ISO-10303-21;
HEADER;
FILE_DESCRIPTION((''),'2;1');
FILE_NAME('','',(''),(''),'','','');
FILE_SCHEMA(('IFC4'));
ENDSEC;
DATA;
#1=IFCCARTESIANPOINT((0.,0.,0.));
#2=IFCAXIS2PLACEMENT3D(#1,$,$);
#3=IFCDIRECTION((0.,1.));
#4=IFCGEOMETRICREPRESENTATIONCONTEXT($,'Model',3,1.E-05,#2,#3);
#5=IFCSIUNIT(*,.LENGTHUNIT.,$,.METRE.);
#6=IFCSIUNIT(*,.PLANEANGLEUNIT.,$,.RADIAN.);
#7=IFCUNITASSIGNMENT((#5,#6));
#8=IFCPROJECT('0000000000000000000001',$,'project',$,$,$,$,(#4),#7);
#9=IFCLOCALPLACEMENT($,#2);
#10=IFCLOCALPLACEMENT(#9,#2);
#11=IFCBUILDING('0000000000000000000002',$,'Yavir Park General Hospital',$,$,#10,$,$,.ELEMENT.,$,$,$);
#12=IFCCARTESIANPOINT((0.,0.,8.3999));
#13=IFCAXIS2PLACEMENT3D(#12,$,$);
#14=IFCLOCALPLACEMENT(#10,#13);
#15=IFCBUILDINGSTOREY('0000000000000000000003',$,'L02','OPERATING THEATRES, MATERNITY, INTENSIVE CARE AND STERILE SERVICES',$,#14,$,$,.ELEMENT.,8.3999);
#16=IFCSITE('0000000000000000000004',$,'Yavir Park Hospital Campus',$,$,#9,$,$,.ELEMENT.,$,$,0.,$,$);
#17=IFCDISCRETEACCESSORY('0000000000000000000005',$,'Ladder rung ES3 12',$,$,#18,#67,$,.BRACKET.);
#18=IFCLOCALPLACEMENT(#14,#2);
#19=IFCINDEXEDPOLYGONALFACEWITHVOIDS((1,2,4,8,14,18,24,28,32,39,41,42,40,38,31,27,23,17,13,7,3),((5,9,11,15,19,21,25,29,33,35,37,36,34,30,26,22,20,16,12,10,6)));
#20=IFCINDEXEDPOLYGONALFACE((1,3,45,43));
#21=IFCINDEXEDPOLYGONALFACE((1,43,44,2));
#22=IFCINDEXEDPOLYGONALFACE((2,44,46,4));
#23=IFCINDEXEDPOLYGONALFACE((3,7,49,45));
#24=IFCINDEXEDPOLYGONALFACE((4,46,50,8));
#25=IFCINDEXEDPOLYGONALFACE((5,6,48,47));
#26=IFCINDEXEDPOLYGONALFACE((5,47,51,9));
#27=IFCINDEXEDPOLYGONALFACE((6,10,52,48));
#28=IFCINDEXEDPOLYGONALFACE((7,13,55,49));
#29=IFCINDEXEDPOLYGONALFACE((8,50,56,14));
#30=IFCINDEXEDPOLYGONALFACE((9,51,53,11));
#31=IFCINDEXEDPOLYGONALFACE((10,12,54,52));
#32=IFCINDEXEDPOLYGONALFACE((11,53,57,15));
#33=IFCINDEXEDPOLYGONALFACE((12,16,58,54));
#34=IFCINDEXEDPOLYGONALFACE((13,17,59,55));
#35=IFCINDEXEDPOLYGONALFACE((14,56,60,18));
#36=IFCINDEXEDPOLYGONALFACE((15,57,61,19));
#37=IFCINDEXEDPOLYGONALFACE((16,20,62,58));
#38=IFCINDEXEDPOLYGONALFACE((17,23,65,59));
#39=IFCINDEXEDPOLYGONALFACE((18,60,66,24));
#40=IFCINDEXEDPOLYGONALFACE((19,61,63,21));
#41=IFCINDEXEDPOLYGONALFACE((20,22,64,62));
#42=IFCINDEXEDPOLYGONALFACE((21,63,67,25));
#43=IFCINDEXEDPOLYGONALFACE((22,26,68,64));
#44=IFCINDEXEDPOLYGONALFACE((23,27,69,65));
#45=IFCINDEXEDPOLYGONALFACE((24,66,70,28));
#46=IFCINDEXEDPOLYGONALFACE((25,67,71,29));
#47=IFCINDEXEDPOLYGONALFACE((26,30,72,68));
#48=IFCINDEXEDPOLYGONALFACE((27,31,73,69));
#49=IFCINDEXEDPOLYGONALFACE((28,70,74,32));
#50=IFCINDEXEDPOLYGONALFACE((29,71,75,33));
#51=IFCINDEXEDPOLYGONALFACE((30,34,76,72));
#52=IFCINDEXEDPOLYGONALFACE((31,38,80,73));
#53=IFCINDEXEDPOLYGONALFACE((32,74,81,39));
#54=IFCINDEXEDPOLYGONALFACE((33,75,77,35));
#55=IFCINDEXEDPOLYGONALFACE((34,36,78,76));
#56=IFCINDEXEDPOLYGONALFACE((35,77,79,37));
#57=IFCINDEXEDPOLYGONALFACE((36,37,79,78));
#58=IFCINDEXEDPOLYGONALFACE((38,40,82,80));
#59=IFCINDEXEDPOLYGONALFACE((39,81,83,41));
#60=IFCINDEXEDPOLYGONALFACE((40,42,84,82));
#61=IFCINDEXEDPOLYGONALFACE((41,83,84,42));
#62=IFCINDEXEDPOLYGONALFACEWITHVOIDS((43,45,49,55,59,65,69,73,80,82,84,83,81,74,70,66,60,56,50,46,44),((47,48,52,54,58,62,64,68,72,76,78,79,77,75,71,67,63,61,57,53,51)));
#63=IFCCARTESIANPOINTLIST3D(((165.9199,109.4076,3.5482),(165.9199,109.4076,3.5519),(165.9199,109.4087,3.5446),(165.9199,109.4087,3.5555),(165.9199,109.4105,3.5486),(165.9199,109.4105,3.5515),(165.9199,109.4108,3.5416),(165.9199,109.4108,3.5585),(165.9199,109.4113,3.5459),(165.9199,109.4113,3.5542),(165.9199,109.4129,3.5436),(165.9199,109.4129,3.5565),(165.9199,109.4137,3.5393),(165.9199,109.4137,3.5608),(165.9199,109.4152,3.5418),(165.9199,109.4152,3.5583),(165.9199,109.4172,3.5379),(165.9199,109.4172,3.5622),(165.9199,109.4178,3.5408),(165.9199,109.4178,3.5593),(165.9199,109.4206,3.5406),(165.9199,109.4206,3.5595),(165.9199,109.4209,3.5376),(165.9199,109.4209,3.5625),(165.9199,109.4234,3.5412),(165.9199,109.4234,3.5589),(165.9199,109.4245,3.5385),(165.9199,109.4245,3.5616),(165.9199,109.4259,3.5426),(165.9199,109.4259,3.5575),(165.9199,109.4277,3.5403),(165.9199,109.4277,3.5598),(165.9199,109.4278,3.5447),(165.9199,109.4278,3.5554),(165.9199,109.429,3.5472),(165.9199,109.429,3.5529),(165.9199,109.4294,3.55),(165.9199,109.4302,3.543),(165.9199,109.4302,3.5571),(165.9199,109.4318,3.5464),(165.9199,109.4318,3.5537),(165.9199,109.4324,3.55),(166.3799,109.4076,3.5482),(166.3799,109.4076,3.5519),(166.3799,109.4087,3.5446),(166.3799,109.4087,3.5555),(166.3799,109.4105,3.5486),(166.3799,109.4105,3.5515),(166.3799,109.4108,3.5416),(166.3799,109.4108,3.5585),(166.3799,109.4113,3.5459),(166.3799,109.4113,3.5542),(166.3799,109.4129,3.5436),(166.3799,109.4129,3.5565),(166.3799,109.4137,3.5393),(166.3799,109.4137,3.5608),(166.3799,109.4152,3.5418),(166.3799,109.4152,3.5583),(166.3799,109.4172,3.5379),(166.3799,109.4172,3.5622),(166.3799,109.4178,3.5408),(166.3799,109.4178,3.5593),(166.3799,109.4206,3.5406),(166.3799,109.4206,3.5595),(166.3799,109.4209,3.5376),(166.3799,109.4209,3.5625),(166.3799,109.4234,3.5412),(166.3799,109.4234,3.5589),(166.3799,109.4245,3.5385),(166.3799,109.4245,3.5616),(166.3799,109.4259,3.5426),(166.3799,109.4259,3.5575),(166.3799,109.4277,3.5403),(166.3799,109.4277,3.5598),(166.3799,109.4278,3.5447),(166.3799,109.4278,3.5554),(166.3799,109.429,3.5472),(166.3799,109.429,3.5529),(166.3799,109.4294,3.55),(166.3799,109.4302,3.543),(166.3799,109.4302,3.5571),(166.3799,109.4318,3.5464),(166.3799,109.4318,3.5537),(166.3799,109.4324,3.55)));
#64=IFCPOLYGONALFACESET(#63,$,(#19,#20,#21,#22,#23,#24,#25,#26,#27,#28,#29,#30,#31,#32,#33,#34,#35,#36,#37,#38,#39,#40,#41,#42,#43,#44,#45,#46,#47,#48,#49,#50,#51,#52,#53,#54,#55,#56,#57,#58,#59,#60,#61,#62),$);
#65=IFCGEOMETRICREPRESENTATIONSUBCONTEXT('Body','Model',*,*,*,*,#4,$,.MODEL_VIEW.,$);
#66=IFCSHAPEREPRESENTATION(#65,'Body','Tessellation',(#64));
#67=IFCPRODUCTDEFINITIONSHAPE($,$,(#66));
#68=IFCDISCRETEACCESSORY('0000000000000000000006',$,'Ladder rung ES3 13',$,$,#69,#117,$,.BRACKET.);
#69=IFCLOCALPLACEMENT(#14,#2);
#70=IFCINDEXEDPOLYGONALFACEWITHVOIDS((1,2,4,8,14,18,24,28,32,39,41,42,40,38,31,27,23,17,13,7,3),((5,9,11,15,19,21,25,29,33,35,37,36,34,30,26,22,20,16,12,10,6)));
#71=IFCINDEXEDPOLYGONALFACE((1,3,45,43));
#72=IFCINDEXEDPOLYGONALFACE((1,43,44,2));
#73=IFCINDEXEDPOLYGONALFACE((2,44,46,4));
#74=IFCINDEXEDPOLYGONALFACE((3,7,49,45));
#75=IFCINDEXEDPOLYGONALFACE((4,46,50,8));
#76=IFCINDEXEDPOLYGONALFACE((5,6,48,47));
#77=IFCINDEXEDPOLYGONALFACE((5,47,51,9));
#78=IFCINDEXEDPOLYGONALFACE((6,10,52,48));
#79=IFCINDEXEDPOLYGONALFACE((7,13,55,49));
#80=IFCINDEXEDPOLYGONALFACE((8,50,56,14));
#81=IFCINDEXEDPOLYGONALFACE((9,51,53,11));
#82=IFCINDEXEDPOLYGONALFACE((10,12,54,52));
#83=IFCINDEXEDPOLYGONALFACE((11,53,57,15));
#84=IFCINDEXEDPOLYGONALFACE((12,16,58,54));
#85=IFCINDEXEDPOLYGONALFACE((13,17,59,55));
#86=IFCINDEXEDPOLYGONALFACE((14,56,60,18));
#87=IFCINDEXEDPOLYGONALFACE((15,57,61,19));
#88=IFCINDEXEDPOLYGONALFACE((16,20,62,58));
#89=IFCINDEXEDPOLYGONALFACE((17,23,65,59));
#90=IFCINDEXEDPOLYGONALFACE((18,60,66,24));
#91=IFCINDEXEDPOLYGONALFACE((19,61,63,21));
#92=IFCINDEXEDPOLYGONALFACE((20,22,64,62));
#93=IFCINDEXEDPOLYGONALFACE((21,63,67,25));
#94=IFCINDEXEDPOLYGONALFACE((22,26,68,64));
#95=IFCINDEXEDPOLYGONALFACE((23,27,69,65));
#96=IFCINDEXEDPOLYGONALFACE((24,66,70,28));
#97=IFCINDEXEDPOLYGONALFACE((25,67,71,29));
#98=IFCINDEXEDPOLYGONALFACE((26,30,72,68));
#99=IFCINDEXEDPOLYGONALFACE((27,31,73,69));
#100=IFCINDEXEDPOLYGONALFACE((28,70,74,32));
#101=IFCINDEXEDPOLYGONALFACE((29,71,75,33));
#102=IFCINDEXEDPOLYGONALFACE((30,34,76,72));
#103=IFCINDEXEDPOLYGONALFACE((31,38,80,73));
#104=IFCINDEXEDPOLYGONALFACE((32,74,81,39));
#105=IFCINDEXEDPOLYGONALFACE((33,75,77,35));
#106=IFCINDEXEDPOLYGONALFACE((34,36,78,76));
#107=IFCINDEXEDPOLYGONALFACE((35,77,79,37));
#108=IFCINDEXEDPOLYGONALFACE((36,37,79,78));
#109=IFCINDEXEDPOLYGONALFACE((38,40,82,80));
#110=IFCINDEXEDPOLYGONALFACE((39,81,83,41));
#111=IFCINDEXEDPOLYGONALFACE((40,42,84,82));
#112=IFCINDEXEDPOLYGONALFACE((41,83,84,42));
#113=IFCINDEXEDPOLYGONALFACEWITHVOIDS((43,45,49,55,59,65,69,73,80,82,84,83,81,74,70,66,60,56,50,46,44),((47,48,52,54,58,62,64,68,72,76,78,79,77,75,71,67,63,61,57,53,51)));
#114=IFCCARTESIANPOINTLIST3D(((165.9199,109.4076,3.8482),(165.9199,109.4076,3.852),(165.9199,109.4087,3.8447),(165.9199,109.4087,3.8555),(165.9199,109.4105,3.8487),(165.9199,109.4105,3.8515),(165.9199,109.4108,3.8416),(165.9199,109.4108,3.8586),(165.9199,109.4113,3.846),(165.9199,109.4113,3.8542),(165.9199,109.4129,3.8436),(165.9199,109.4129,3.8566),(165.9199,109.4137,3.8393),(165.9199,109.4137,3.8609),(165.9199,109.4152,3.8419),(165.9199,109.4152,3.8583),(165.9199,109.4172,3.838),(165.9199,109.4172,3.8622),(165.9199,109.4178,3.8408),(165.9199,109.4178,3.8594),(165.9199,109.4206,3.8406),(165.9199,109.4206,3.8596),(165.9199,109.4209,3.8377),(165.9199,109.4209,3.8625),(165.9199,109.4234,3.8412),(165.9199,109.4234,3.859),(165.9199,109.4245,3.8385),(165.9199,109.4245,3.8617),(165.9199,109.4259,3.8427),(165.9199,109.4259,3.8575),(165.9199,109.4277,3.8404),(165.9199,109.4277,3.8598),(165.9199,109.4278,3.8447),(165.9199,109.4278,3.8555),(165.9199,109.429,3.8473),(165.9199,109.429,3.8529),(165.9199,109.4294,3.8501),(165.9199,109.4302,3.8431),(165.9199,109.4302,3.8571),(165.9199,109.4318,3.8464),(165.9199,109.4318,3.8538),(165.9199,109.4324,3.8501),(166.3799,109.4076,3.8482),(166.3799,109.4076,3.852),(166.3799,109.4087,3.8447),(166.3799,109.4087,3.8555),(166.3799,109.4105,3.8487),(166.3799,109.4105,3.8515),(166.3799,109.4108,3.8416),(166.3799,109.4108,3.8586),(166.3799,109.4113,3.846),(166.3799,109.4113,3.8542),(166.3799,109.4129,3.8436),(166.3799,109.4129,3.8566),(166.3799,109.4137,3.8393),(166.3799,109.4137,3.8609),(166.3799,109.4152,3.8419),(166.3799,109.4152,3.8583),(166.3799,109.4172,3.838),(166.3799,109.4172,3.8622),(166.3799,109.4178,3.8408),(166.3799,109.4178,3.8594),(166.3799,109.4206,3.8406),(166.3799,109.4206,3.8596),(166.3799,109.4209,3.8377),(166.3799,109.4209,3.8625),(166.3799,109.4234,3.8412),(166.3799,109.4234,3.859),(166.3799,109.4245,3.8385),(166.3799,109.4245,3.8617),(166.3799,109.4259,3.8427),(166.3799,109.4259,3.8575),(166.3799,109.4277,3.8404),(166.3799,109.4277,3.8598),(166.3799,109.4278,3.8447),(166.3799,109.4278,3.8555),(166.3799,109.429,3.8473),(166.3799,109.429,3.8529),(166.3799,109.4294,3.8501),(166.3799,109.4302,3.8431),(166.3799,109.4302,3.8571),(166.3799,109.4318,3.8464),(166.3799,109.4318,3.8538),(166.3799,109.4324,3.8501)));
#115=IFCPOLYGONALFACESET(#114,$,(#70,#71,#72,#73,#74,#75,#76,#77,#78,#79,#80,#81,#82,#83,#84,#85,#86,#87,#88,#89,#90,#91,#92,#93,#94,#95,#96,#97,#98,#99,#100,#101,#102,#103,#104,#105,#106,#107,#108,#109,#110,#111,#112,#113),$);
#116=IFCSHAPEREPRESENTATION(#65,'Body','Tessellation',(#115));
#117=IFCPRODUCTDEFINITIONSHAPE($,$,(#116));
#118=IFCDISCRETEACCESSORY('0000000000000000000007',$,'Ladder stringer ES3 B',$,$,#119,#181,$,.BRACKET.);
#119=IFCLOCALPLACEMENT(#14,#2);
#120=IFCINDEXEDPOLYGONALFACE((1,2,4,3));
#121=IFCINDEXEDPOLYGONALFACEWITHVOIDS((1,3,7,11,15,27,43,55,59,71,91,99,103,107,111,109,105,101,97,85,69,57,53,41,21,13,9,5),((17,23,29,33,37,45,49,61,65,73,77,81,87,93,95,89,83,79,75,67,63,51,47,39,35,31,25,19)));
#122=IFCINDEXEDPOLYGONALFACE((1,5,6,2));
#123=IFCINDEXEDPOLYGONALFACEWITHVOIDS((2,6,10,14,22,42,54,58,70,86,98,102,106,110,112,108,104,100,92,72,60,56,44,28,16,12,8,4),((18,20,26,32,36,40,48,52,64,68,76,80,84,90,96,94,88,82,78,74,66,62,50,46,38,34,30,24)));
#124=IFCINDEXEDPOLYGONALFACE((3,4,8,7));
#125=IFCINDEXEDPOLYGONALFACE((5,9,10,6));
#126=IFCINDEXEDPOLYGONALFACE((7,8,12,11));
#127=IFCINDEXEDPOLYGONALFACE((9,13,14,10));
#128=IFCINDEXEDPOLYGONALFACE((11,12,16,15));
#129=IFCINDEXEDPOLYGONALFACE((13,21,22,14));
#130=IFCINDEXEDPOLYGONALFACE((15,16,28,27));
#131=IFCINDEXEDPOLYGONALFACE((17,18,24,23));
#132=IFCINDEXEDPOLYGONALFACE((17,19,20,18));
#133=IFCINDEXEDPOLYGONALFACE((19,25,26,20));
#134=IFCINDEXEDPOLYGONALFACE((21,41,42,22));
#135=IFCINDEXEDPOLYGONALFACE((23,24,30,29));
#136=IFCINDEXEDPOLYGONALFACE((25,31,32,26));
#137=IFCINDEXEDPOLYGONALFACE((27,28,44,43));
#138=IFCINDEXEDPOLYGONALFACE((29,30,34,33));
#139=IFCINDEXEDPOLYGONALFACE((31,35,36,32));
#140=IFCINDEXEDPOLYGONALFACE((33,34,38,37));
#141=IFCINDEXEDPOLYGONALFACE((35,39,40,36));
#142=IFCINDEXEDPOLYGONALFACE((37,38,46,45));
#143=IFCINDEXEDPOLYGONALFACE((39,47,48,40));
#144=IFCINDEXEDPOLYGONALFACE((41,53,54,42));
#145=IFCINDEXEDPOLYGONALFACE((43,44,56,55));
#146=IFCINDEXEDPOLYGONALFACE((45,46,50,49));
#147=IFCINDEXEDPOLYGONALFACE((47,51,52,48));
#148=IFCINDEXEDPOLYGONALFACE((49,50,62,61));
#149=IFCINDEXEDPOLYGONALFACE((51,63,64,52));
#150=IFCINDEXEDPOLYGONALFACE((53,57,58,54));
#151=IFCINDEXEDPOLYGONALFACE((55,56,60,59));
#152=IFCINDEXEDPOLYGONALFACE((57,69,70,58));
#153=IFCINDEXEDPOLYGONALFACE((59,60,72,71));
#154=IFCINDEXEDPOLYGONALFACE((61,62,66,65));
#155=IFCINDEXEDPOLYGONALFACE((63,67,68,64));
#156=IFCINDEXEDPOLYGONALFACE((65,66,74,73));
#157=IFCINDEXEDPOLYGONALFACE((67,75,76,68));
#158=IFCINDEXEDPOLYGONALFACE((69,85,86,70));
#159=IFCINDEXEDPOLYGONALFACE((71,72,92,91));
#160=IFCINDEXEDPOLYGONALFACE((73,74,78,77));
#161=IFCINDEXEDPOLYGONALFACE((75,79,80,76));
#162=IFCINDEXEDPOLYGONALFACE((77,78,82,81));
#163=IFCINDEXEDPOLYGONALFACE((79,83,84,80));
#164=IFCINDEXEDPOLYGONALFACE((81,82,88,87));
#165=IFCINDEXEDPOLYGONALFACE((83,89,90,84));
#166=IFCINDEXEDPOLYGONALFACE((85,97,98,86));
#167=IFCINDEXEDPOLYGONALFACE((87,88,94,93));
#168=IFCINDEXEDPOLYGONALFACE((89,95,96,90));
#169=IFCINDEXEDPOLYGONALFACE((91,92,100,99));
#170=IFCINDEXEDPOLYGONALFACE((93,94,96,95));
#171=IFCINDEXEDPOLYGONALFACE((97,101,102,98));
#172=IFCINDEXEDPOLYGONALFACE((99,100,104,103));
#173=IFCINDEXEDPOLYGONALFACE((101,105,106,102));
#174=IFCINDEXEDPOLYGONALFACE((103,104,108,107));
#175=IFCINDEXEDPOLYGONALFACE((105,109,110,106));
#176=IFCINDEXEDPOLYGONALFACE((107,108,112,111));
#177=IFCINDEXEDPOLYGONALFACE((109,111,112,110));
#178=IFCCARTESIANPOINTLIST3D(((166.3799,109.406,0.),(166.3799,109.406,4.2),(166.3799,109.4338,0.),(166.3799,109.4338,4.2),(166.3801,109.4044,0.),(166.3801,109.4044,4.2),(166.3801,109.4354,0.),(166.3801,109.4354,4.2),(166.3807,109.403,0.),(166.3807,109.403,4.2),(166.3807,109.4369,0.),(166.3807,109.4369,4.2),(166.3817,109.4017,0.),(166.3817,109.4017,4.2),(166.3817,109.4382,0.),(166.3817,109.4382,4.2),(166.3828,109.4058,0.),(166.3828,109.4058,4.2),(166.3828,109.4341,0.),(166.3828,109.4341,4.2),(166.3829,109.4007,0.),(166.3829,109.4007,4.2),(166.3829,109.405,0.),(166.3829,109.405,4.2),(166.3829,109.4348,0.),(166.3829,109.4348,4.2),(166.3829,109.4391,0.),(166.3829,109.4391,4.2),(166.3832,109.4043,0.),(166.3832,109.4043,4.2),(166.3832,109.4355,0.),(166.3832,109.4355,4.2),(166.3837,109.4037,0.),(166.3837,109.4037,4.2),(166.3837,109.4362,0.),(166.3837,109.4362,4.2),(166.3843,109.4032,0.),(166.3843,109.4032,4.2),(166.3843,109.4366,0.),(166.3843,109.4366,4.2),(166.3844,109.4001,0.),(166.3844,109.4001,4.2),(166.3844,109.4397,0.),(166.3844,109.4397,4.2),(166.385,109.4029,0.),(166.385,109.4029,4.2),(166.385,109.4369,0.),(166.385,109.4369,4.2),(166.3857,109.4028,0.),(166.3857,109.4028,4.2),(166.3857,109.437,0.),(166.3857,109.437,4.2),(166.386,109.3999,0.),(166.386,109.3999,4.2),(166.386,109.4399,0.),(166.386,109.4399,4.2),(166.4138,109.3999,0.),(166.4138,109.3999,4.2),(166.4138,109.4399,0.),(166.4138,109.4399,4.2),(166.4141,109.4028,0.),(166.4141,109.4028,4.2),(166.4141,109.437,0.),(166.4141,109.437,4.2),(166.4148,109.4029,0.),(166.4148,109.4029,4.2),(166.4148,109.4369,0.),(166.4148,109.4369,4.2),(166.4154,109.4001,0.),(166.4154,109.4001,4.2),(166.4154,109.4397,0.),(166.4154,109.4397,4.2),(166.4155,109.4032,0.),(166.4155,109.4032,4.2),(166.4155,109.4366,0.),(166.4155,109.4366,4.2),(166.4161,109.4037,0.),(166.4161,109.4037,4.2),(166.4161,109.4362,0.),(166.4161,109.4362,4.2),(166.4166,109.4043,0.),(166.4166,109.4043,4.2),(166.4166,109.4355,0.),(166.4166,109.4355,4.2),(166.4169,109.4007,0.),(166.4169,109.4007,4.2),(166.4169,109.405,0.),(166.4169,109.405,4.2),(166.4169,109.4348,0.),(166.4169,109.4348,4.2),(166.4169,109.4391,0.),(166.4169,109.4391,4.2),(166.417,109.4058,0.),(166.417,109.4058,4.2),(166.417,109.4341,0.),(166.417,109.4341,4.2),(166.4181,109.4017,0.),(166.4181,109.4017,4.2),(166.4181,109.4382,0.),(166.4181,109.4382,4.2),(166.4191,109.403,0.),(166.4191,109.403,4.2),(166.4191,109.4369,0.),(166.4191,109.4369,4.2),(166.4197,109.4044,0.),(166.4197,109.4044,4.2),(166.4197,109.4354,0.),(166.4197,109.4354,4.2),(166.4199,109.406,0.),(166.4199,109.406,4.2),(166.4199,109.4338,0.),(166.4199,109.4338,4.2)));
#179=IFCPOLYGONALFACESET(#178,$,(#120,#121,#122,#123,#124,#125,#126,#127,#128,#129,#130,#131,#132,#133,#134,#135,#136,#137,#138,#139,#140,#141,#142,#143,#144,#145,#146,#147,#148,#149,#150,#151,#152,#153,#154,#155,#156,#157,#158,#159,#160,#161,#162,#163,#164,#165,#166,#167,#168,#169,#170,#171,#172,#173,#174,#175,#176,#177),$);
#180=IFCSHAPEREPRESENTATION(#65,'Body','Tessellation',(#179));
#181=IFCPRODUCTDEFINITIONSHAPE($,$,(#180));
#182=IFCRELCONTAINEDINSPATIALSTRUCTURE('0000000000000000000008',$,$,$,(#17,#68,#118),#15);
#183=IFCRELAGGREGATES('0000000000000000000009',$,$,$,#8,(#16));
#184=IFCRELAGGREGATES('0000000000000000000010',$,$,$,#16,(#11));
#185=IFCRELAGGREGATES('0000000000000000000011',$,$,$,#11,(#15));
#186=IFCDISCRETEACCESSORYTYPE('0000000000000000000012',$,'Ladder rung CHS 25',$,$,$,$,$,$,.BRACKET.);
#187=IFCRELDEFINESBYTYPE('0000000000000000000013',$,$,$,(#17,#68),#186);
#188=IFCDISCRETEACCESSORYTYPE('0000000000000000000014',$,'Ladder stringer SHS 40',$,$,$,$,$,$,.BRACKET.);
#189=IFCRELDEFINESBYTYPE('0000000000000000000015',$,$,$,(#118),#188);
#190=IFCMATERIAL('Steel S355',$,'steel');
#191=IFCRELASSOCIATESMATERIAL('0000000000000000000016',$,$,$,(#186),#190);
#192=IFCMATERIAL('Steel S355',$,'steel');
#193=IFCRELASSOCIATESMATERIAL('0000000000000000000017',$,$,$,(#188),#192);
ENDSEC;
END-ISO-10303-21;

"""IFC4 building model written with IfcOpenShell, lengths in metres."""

from ifc_helpers import new_model, si_unit, direction, frame, origin, origin_2d, place, context, subcontext, project, spatial, hollow_rectangle, hollow_circle, extrude, material, material_profile, profile_set, type_object, element, save


model = new_model("IFC4")

# Units and contexts
model_context = context("Model", 3, precision=1e-05, world=origin(), true_north=direction((0.0, 1.0)))
body_context = subcontext(model_context, "Body", "Model", "MODEL_VIEW")
ifc_project = project(units=[si_unit("LENGTHUNIT", "METRE"), si_unit("PLANEANGLEUNIT", "RADIAN")], contexts=[model_context])

# Site, building, storey
site_placement = place(None, origin())
site = spatial("IfcSite", under=ifc_project, at=site_placement, Name="Yavir Park Hospital Campus", CompositionType="ELEMENT", RefElevation=0.0)
building_placement = place(site_placement, origin())
building = spatial("IfcBuilding", under=site, at=building_placement, Name="Yavir Park General Hospital", CompositionType="ELEMENT")
storey_placement = place(building_placement, frame((0.0, 0.0, 8.3999)))
storey = spatial("IfcBuildingStorey", under=building, at=storey_placement, Name="L02", Description="OPERATING THEATRES, MATERNITY, INTENSIVE CARE AND STERILE SERVICES", CompositionType="ELEMENT", Elevation=8.3999)

# Discrete accessories
ifc_material_1 = material(Name="Steel S355", Category="steel")
ifc_material_profile_1 = material_profile(ifc_material_1, hollow_circle(Radius=0.0125, WallThickness=0.0029, at=origin_2d()), Name="CHS25x3")
ifc_profile_set_1 = profile_set([ifc_material_profile_1], Name="Steel S355")
discrete_accessory_type_1 = type_object("IfcDiscreteAccessoryType", Name="Ladder rung CHS 25", PredefinedType="BRACKET", material=ifc_profile_set_1)
for number, where, z_axis, x_axis, name in (
    (1, (165.9199, 109.4199, 3.55), (1.0, 0.0, 0.0), (0.0, 1.0, 0.0), "Ladder rung ES3 12"),
    (2, (165.9199, 109.4199, 3.8501), (1.0, 0.0, 0.0), (0.0, 1.0, 0.0), "Ladder rung ES3 13"),
):
    element("IfcDiscreteAccessory", number, at=place(storey_placement, frame(where, z_axis=z_axis, x_axis=x_axis)), inside=storey, type_object=discrete_accessory_type_1, Name=name, PredefinedType="BRACKET", context=body_context, shape_type="SweptSolid", body=[
        extrude(hollow_circle(Radius=0.0125, WallThickness=0.0029, at=origin_2d()), origin(), (0.0, 0.0, 1.0), 0.46),
    ])
ifc_material_2 = material(Name="Steel S355", Category="steel")
ifc_material_profile_2 = material_profile(ifc_material_2, hollow_rectangle(XDim=0.04, YDim=0.04, WallThickness=0.0029, InnerFilletRadius=0.0029, OuterFilletRadius=0.0061, at=origin_2d()), Name="RHS40x40x3")
ifc_profile_set_2 = profile_set([ifc_material_profile_2], Name="Steel S355")
discrete_accessory_type_2 = type_object("IfcDiscreteAccessoryType", Name="Ladder stringer SHS 40", PredefinedType="BRACKET", material=ifc_profile_set_2)
discrete_accessory_placement = place(storey_placement, frame((166.3999, 109.4199, 0.0), z_axis=(0.0, 0.0, 1.0), x_axis=(1.0, 0.0, 0.0)))
element("IfcDiscreteAccessory", 3, at=discrete_accessory_placement, inside=storey, type_object=discrete_accessory_type_2, Name="Ladder stringer ES3 B", PredefinedType="BRACKET", context=body_context, shape_type="SweptSolid", body=[
    extrude(hollow_rectangle(XDim=0.04, YDim=0.04, WallThickness=0.0029, InnerFilletRadius=0.0029, OuterFilletRadius=0.0061, at=origin_2d()), origin(), (0.0, 0.0, 1.0), 4.2),
])

save(model, "model.ifc")
